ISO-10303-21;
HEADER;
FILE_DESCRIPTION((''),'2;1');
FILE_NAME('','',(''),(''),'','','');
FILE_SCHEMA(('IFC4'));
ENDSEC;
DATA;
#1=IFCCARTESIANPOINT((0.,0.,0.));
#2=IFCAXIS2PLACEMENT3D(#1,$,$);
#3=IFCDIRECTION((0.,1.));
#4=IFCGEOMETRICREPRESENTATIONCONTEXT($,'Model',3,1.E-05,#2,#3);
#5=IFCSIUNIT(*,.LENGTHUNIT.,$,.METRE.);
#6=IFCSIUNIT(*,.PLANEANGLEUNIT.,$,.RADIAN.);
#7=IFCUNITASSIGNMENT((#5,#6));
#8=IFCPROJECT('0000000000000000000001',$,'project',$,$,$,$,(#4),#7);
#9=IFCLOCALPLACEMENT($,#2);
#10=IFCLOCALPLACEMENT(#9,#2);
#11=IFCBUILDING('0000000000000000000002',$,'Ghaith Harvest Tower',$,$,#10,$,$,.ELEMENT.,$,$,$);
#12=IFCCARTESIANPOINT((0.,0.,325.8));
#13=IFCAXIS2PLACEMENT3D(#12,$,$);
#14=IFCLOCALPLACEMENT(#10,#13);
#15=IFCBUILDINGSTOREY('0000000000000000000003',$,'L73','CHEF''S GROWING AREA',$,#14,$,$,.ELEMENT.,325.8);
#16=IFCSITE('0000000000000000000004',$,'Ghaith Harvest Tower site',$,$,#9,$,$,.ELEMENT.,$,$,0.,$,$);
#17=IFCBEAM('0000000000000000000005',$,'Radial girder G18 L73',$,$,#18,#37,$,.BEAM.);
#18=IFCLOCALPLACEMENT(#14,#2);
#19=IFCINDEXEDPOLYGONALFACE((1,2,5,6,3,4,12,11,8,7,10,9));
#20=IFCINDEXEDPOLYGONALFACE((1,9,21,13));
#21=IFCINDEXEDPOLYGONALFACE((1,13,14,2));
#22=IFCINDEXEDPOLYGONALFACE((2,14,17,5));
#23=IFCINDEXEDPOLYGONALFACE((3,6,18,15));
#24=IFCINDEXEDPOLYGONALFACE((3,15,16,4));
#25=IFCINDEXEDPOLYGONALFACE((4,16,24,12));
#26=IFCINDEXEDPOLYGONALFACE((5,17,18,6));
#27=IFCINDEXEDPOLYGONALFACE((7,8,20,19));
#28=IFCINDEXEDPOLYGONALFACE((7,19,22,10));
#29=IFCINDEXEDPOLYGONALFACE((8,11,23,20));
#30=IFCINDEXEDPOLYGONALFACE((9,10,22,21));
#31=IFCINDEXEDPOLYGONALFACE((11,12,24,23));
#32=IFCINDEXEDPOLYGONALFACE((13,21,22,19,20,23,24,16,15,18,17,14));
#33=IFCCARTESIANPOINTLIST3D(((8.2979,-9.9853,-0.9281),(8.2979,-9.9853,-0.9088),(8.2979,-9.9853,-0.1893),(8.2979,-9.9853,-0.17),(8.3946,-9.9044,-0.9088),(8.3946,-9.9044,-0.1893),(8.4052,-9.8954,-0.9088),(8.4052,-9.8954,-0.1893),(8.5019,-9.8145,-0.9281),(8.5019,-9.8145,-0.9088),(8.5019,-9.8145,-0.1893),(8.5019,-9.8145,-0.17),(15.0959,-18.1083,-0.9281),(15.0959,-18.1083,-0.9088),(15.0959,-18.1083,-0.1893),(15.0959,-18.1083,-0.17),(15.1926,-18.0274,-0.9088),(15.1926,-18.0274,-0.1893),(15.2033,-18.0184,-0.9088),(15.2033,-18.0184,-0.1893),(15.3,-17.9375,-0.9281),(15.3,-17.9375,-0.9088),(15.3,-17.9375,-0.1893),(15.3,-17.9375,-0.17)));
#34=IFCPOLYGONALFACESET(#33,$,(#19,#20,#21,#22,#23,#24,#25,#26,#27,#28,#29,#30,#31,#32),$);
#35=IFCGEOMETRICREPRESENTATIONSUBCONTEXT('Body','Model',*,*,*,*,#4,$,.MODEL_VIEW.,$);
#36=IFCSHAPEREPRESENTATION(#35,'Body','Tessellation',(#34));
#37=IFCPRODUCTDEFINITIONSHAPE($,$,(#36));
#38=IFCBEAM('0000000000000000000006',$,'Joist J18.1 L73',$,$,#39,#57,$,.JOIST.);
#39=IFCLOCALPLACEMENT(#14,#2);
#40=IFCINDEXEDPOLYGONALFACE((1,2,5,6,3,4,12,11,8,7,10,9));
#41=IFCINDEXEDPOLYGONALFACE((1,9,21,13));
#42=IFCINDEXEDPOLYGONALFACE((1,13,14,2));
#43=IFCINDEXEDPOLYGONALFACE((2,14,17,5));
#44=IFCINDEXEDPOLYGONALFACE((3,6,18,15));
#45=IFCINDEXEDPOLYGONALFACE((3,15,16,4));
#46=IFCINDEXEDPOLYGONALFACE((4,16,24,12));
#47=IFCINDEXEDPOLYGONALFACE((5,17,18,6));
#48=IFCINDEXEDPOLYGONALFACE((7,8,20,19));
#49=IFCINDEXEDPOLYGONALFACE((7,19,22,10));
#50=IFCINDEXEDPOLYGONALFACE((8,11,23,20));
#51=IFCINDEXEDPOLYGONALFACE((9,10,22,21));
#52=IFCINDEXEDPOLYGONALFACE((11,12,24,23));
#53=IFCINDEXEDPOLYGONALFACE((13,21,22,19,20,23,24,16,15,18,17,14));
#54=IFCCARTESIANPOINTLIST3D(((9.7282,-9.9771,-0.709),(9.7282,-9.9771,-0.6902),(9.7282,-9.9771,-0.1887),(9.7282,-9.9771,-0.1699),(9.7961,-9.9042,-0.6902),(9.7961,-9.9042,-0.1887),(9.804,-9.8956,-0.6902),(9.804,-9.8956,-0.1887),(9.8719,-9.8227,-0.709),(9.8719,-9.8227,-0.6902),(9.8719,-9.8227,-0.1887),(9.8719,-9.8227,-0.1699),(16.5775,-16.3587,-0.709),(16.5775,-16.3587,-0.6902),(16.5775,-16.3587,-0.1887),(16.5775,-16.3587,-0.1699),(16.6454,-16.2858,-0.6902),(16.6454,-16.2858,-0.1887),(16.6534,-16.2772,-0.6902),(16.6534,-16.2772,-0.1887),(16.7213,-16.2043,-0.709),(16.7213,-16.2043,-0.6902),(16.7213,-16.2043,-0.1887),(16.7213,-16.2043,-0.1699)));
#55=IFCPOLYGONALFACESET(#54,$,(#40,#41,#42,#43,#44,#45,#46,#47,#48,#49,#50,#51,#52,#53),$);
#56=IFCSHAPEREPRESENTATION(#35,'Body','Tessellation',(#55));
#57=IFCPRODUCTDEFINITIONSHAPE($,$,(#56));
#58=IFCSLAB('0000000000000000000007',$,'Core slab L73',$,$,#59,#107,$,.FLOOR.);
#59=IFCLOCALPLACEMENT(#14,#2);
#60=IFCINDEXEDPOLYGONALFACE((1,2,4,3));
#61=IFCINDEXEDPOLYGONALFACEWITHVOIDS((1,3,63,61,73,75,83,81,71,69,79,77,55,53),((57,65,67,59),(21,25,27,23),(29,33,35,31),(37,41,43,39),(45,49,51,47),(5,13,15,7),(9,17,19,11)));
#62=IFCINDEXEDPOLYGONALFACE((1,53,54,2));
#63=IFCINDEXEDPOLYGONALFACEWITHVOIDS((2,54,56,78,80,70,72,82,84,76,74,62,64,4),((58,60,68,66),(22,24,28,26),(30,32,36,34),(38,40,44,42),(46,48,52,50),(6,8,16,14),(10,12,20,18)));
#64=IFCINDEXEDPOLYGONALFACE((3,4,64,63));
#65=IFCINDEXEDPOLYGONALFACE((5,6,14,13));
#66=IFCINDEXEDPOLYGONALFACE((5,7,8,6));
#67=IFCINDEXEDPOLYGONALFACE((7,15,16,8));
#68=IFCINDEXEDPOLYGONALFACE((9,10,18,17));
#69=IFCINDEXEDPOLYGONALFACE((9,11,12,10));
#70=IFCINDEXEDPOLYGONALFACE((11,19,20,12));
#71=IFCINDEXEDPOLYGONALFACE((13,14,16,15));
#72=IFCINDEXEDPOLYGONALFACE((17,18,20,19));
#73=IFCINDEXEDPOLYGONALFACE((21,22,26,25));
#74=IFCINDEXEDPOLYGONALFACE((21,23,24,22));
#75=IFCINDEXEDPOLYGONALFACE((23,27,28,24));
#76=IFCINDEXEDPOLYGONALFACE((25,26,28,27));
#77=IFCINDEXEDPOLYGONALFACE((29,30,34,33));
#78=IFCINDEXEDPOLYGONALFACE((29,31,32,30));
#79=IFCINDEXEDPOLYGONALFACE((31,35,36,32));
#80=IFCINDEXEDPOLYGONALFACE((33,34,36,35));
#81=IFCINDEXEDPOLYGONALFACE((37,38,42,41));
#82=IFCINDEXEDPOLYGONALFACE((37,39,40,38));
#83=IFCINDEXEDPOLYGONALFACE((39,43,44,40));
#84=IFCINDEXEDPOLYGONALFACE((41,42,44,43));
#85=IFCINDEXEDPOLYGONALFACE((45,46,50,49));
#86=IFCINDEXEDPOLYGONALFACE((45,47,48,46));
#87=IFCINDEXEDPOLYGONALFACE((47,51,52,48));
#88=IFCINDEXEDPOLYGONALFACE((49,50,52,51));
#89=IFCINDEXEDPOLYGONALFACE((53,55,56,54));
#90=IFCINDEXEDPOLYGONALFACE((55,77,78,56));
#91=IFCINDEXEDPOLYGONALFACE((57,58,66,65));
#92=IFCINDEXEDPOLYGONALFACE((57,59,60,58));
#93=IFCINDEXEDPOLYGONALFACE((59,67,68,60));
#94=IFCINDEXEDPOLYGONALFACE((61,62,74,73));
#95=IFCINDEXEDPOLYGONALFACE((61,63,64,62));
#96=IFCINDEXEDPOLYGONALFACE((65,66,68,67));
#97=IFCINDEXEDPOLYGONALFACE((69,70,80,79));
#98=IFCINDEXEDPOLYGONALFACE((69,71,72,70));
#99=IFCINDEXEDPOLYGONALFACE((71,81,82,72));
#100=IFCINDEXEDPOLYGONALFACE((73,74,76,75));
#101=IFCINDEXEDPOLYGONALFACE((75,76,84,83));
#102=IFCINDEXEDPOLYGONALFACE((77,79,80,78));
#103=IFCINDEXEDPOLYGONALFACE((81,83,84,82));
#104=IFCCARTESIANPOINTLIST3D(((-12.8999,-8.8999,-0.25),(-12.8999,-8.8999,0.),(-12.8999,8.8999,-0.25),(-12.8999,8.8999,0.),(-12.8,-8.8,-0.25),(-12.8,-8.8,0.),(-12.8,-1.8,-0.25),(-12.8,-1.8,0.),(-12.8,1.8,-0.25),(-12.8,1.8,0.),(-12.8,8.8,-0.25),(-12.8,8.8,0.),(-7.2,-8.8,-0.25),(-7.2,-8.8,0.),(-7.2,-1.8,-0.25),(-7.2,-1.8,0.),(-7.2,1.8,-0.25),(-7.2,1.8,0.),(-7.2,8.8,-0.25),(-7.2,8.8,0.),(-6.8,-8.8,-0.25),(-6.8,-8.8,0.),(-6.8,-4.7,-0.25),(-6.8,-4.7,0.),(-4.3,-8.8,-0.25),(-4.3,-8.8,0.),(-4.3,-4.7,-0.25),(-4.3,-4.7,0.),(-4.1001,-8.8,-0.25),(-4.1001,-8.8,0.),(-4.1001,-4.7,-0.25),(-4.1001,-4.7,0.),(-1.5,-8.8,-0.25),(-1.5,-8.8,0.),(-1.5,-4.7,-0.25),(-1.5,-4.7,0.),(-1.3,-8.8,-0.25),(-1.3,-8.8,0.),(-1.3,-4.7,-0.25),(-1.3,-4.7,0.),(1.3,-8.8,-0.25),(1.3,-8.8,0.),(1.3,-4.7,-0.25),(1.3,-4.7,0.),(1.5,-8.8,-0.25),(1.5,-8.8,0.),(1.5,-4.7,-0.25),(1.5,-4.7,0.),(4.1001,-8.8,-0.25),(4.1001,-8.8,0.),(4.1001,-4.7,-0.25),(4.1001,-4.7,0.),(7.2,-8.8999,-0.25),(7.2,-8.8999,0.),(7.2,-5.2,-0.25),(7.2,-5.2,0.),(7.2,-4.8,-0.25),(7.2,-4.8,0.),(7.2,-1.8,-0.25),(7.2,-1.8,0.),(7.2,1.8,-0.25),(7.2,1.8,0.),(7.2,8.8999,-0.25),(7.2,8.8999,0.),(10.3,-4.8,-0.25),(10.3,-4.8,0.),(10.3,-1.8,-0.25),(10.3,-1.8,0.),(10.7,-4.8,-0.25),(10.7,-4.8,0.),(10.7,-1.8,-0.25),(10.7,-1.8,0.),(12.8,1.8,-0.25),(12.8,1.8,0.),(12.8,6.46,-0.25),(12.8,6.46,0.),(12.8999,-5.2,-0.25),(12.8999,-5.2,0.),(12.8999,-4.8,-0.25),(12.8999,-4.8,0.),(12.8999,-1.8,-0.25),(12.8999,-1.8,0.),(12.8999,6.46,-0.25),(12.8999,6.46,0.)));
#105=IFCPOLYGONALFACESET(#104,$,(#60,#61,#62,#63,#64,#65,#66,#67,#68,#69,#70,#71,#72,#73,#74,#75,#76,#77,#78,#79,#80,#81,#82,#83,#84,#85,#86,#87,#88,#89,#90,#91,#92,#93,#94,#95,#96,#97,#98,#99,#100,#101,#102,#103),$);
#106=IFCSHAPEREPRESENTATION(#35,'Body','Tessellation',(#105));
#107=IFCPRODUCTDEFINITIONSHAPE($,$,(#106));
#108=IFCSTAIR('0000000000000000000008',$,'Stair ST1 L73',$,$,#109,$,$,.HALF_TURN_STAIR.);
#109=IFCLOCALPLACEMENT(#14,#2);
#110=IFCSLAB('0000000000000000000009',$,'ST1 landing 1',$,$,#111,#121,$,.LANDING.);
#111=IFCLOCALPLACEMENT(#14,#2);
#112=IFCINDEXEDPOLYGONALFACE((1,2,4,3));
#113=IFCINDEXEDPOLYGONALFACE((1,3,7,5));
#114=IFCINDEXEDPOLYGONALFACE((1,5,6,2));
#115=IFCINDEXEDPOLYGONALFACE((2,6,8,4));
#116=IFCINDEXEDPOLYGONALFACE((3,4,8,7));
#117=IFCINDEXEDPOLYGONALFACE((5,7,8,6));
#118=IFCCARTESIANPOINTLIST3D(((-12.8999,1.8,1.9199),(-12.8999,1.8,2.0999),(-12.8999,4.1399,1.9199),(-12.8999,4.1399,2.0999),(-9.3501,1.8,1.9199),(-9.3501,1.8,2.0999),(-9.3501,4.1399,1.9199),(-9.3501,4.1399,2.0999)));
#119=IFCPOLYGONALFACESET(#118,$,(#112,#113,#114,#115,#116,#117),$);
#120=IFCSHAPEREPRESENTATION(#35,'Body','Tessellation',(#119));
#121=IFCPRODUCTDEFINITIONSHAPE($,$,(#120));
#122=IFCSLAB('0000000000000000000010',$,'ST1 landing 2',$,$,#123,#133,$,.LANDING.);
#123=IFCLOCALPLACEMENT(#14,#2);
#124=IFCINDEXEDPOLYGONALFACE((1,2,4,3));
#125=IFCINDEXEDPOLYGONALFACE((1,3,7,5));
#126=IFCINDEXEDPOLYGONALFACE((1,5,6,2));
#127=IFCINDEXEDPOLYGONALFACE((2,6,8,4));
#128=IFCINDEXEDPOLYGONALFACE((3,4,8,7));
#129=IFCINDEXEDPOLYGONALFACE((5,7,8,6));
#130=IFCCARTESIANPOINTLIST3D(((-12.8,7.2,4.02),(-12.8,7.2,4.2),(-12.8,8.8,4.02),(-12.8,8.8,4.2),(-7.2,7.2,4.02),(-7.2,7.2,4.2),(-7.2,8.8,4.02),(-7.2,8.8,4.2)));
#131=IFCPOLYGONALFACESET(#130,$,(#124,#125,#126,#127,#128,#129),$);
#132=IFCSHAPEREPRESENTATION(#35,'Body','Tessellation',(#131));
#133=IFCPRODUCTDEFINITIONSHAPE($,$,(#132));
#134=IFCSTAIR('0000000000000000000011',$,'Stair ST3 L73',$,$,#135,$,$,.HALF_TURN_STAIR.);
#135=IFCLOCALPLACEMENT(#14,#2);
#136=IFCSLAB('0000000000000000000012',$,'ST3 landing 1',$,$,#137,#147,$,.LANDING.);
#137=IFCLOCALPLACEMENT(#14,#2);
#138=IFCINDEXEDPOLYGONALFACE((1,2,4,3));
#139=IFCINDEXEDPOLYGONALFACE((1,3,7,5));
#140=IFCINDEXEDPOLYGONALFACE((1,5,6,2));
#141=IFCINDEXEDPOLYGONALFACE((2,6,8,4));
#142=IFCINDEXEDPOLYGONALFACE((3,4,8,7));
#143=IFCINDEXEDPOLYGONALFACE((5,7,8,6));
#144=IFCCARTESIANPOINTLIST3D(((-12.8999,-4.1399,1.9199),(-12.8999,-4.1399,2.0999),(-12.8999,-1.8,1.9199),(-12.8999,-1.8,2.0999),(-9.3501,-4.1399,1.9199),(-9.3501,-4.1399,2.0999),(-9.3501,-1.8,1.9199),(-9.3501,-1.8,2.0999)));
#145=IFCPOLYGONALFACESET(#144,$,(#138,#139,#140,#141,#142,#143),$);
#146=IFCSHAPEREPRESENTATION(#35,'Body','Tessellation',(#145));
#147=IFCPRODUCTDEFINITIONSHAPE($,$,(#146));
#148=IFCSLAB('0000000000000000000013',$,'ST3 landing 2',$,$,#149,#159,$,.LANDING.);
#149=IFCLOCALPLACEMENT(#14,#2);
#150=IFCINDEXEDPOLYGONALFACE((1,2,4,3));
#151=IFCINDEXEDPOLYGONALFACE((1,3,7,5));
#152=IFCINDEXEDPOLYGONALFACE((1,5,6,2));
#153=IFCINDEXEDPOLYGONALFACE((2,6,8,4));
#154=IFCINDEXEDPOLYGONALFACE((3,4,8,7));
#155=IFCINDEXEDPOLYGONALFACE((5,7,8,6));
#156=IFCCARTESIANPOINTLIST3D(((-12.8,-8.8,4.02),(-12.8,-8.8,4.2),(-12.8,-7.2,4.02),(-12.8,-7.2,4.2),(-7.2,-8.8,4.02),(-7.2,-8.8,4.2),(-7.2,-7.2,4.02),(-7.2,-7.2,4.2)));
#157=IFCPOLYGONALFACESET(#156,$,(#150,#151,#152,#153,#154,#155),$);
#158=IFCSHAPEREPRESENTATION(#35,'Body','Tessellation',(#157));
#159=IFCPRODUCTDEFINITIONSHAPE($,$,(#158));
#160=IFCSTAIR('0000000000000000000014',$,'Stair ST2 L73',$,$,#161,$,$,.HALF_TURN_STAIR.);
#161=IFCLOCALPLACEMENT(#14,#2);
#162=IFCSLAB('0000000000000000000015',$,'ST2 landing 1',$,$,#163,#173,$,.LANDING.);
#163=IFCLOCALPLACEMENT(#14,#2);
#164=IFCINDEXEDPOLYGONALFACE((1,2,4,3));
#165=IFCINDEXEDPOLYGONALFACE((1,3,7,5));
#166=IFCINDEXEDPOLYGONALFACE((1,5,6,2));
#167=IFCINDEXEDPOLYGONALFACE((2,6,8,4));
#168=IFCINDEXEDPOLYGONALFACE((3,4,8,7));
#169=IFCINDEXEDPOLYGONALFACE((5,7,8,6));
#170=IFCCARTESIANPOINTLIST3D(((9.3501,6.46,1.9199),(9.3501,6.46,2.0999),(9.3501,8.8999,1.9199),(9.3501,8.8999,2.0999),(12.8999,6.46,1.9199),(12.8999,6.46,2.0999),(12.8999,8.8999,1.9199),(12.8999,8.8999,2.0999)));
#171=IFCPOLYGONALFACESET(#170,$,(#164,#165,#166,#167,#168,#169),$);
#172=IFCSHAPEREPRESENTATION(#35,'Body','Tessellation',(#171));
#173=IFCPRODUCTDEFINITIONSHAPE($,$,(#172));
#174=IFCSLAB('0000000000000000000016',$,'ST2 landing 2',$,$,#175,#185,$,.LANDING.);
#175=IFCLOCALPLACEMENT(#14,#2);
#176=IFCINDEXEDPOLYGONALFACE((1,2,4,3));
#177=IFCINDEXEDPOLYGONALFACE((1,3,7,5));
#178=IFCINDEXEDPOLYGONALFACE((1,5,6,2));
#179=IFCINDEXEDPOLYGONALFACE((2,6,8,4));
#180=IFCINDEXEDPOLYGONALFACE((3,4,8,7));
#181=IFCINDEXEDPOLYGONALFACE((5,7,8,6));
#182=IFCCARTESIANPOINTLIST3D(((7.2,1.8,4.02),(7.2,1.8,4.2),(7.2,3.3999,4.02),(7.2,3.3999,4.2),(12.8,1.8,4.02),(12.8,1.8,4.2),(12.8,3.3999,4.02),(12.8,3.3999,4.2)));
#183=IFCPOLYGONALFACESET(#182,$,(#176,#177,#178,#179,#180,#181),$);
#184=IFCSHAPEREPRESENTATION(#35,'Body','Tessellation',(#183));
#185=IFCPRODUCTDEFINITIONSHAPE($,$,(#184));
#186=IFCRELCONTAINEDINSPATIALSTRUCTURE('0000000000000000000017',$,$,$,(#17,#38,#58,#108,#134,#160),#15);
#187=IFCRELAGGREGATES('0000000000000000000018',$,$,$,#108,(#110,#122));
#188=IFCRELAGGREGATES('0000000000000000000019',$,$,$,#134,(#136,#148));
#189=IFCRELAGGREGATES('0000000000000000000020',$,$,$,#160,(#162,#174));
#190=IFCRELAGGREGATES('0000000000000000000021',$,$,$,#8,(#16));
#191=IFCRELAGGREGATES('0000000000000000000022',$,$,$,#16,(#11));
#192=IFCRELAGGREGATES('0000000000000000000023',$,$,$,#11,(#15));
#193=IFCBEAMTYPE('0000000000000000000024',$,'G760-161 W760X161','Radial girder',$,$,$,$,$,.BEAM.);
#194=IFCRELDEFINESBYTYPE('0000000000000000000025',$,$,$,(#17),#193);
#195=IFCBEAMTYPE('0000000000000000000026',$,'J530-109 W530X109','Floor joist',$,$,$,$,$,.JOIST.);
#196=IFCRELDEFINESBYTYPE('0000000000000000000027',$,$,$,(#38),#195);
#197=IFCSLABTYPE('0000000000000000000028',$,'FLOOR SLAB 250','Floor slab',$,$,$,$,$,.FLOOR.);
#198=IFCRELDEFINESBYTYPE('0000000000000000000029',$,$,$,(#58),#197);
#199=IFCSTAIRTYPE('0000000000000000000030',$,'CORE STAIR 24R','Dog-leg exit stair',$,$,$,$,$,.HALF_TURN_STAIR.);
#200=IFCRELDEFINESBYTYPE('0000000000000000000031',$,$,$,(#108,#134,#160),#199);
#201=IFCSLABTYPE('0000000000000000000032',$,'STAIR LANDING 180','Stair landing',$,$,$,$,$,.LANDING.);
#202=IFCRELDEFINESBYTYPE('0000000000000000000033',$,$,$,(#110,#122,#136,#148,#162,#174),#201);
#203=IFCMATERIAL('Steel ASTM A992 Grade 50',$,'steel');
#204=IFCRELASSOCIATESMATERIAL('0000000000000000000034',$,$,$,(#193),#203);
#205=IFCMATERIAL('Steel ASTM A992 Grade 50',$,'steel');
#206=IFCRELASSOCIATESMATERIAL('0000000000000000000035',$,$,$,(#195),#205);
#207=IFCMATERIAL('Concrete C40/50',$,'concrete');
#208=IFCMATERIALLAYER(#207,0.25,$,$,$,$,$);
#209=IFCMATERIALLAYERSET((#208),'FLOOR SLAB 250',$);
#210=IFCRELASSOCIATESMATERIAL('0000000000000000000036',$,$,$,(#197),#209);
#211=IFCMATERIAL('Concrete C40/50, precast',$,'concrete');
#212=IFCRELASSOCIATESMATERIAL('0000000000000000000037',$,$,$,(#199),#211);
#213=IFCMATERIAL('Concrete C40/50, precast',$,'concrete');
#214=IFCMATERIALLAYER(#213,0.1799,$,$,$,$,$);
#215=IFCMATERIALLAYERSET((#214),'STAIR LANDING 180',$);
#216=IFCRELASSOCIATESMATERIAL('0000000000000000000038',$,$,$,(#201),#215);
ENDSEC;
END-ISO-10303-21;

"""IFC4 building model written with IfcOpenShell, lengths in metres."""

from ifc_helpers import new_model, si_unit, direction, frame, origin, origin_2d, place, context, subcontext, project, spatial, polyline, i_section, outline, extrude, material, layer, layer_set, material_profile, profile_set, type_object, element, aggregate, save


model = new_model("IFC4")

# Units and contexts
model_context = context("Model", 3, precision=1e-05, world=origin(), true_north=direction((0.0, 1.0)))
body_context = subcontext(model_context, "Body", "Model", "MODEL_VIEW")
ifc_project = project(units=[si_unit("LENGTHUNIT", "METRE"), si_unit("PLANEANGLEUNIT", "RADIAN")], contexts=[model_context])

# Site, building, storey
site_placement = place(None, origin())
site = spatial("IfcSite", under=ifc_project, at=site_placement, Name="Ghaith Harvest Tower site", CompositionType="ELEMENT", RefElevation=0.0)
building_placement = place(site_placement, origin())
building = spatial("IfcBuilding", under=site, at=building_placement, Name="Ghaith Harvest Tower", CompositionType="ELEMENT")
storey_placement = place(building_placement, frame((0.0, 0.0, 325.8)))
storey = spatial("IfcBuildingStorey", under=building, at=storey_placement, Name="L73", Description="CHEF'S GROWING AREA", CompositionType="ELEMENT", Elevation=325.8)

# Beams
ifc_material_1 = material(Name="Steel ASTM A992 Grade 50", Category="steel")
ifc_material_profile_1 = material_profile(ifc_material_1, i_section(OverallWidth=0.2661, OverallDepth=0.7581, WebThickness=0.0139, FlangeThickness=0.0193, at=origin_2d()), Name="W760X161")
ifc_profile_set_1 = profile_set([ifc_material_profile_1], Name="Steel ASTM A992 Grade 50")
beam_type_1 = type_object("IfcBeamType", Name="G760-161 W760X161", Description="Radial girder", PredefinedType="BEAM", material=ifc_profile_set_1)
beam_1_placement = place(storey_placement, frame((8.3999, -9.8999, -0.5491), z_axis=(0.641793, -0.766878, 0.0), x_axis=(0.766878, 0.641793, 0.0)))
element("IfcBeam", 1, at=beam_1_placement, inside=storey, type_object=beam_type_1, Name="Radial girder G18 L73", PredefinedType="BEAM", context=body_context, shape_type="SweptSolid", body=[
    extrude(i_section(OverallWidth=0.2661, OverallDepth=0.7581, WebThickness=0.0139, FlangeThickness=0.0193, at=origin_2d()), origin(), (0.0, 0.0, 1.0), 10.5923),
])
ifc_material_2 = material(Name="Steel ASTM A992 Grade 50", Category="steel")
ifc_material_profile_2 = material_profile(ifc_material_2, i_section(OverallWidth=0.2109, OverallDepth=0.5391, WebThickness=0.0117, FlangeThickness=0.0188, at=origin_2d()), Name="W530X109")
ifc_profile_set_2 = profile_set([ifc_material_profile_2], Name="Steel ASTM A992 Grade 50")
beam_type_2 = type_object("IfcBeamType", Name="J530-109 W530X109", Description="Floor joist", PredefinedType="JOIST", material=ifc_profile_set_2)
beam_2_placement = place(storey_placement, frame((9.8, -9.8999, -0.4395), z_axis=(0.731649, -0.681682, 0.0), x_axis=(0.681682, 0.731649, 0.0)))
element("IfcBeam", 2, at=beam_2_placement, inside=storey, type_object=beam_type_2, Name="Joist J18.1 L73", PredefinedType="JOIST", context=body_context, shape_type="SweptSolid", body=[
    extrude(i_section(OverallWidth=0.2109, OverallDepth=0.5391, WebThickness=0.0117, FlangeThickness=0.0188, at=origin_2d()), origin(), (0.0, 0.0, 1.0), 9.3616),
])

# Slab
ifc_material_3 = material(Name="Concrete C40/50", Category="concrete")
ifc_layer_1 = layer(ifc_material_3, 0.25)
ifc_layer_set_1 = layer_set([ifc_layer_1], Name="FLOOR SLAB 250")
slab_type_1 = type_object("IfcSlabType", Name="FLOOR SLAB 250", Description="Floor slab", PredefinedType="FLOOR", material=ifc_layer_set_1)
slab_1_placement = place(storey_placement, frame((0.0, 0.0, -0.25)))
element("IfcSlab", 3, at=slab_1_placement, inside=storey, type_object=slab_type_1, Name="Core slab L73", PredefinedType="FLOOR", context=body_context, shape_type="SweptSolid", body=[
    extrude(outline(polyline([(-12.8999, 8.8999), (7.2, 8.8999), (7.2, 1.8), (12.8, 1.8), (12.8, 6.46), (12.8999, 6.46), (12.8999, -1.8), (10.7, -1.8), (10.7, -4.8), (12.8999, -4.8), (12.8999, -5.2), (7.2, -5.2), (7.2, -8.8999), (-12.8999, -8.8999), (-12.8999, 8.8999)]), holes=[polyline([(-4.3, -4.7), (-6.8, -4.7), (-6.8, -8.8), (-4.3, -8.8), (-4.3, -4.7)]), polyline([(-1.5, -4.7), (-4.1001, -4.7), (-4.1001, -8.8), (-1.5, -8.8), (-1.5, -4.7)]), polyline([(1.3, -8.8), (1.3, -4.7), (-1.3, -4.7), (-1.3, -8.8), (1.3, -8.8)]), polyline([(4.1001, -8.8), (4.1001, -4.7), (1.5, -4.7), (1.5, -8.8), (4.1001, -8.8)]), polyline([(-7.2, -1.8), (-12.8, -1.8), (-12.8, -8.8), (-7.2, -8.8), (-7.2, -1.8)]), polyline([(10.3, -1.8), (7.2, -1.8), (7.2, -4.8), (10.3, -4.8), (10.3, -1.8)]), polyline([(-12.8, 1.8), (-7.2, 1.8), (-7.2, 8.8), (-12.8, 8.8), (-12.8, 1.8)])]), origin(), (0.0, 0.0, 1.0), 0.25),
])

# Stairs, slabs
ifc_material_4 = material(Name="Concrete C40/50, precast", Category="concrete")
stair_type = type_object("IfcStairType", Name="CORE STAIR 24R", Description="Dog-leg exit stair", PredefinedType="HALF_TURN_STAIR", material=ifc_material_4)
stair_1_placement = place(storey_placement, origin())
stair_1 = element("IfcStair", 4, at=stair_1_placement, inside=storey, type_object=stair_type, Name="Stair ST1 L73", PredefinedType="HALF_TURN_STAIR")
ifc_material_5 = material(Name="Concrete C40/50, precast", Category="concrete")
ifc_layer_2 = layer(ifc_material_5, 0.1799)
ifc_layer_set_2 = layer_set([ifc_layer_2], Name="STAIR LANDING 180")
slab_type_2 = type_object("IfcSlabType", Name="STAIR LANDING 180", Description="Stair landing", PredefinedType="LANDING", material=ifc_layer_set_2)
slab_2_placement = place(storey_placement, frame((0.0, 0.0, 1.9199)))
slab_2 = element("IfcSlab", 5, at=slab_2_placement, type_object=slab_type_2, Name="ST1 landing 1", PredefinedType="LANDING", context=body_context, shape_type="SweptSolid", body=[
    extrude(outline(polyline([(-12.8999, 4.1399), (-12.8999, 1.8), (-9.3501, 1.8), (-9.3501, 4.1399), (-12.8999, 4.1399)])), origin(), (0.0, 0.0, 1.0), 0.1799),
])
slab_3_placement = place(storey_placement, frame((0.0, 0.0, 4.02)))
slab_3 = element("IfcSlab", 6, at=slab_3_placement, type_object=slab_type_2, Name="ST1 landing 2", PredefinedType="LANDING", context=body_context, shape_type="SweptSolid", body=[
    extrude(outline(polyline([(-12.8, 8.8), (-12.8, 7.2), (-7.2, 7.2), (-7.2, 8.8), (-12.8, 8.8)])), origin(), (0.0, 0.0, 1.0), 0.1799),
])
aggregate(stair_1, [slab_2, slab_3])
stair_2_placement = place(storey_placement, origin())
stair_2 = element("IfcStair", 7, at=stair_2_placement, inside=storey, type_object=stair_type, Name="Stair ST3 L73", PredefinedType="HALF_TURN_STAIR")
slab_4_placement = place(storey_placement, frame((0.0, 0.0, 1.9199)))
slab_4 = element("IfcSlab", 8, at=slab_4_placement, type_object=slab_type_2, Name="ST3 landing 1", PredefinedType="LANDING", context=body_context, shape_type="SweptSolid", body=[
    extrude(outline(polyline([(-12.8999, -4.1399), (-12.8999, -1.8), (-9.3501, -1.8), (-9.3501, -4.1399), (-12.8999, -4.1399)])), origin(), (0.0, 0.0, 1.0), 0.1799),
])
slab_5_placement = place(storey_placement, frame((0.0, 0.0, 4.02)))
slab_5 = element("IfcSlab", 9, at=slab_5_placement, type_object=slab_type_2, Name="ST3 landing 2", PredefinedType="LANDING", context=body_context, shape_type="SweptSolid", body=[
    extrude(outline(polyline([(-12.8, -8.8), (-12.8, -7.2), (-7.2, -7.2), (-7.2, -8.8), (-12.8, -8.8)])), origin(), (0.0, 0.0, 1.0), 0.1799),
])
aggregate(stair_2, [slab_4, slab_5])
stair_3_placement = place(storey_placement, origin())
stair_3 = element("IfcStair", 10, at=stair_3_placement, inside=storey, type_object=stair_type, Name="Stair ST2 L73", PredefinedType="HALF_TURN_STAIR")
slab_6_placement = place(storey_placement, frame((0.0, 0.0, 1.9199)))
slab_6 = element("IfcSlab", 11, at=slab_6_placement, type_object=slab_type_2, Name="ST2 landing 1", PredefinedType="LANDING", context=body_context, shape_type="SweptSolid", body=[
    extrude(outline(polyline([(12.8999, 6.46), (12.8999, 8.8999), (9.3501, 8.8999), (9.3501, 6.46), (12.8999, 6.46)])), origin(), (0.0, 0.0, 1.0), 0.1799),
])
slab_7_placement = place(storey_placement, frame((0.0, 0.0, 4.02)))
slab_7 = element("IfcSlab", 12, at=slab_7_placement, type_object=slab_type_2, Name="ST2 landing 2", PredefinedType="LANDING", context=body_context, shape_type="SweptSolid", body=[
    extrude(outline(polyline([(12.8, 1.8), (12.8, 3.3999), (7.2, 3.3999), (7.2, 1.8), (12.8, 1.8)])), origin(), (0.0, 0.0, 1.0), 0.1799),
])
aggregate(stair_3, [slab_6, slab_7])

save(model, "model.ifc")
